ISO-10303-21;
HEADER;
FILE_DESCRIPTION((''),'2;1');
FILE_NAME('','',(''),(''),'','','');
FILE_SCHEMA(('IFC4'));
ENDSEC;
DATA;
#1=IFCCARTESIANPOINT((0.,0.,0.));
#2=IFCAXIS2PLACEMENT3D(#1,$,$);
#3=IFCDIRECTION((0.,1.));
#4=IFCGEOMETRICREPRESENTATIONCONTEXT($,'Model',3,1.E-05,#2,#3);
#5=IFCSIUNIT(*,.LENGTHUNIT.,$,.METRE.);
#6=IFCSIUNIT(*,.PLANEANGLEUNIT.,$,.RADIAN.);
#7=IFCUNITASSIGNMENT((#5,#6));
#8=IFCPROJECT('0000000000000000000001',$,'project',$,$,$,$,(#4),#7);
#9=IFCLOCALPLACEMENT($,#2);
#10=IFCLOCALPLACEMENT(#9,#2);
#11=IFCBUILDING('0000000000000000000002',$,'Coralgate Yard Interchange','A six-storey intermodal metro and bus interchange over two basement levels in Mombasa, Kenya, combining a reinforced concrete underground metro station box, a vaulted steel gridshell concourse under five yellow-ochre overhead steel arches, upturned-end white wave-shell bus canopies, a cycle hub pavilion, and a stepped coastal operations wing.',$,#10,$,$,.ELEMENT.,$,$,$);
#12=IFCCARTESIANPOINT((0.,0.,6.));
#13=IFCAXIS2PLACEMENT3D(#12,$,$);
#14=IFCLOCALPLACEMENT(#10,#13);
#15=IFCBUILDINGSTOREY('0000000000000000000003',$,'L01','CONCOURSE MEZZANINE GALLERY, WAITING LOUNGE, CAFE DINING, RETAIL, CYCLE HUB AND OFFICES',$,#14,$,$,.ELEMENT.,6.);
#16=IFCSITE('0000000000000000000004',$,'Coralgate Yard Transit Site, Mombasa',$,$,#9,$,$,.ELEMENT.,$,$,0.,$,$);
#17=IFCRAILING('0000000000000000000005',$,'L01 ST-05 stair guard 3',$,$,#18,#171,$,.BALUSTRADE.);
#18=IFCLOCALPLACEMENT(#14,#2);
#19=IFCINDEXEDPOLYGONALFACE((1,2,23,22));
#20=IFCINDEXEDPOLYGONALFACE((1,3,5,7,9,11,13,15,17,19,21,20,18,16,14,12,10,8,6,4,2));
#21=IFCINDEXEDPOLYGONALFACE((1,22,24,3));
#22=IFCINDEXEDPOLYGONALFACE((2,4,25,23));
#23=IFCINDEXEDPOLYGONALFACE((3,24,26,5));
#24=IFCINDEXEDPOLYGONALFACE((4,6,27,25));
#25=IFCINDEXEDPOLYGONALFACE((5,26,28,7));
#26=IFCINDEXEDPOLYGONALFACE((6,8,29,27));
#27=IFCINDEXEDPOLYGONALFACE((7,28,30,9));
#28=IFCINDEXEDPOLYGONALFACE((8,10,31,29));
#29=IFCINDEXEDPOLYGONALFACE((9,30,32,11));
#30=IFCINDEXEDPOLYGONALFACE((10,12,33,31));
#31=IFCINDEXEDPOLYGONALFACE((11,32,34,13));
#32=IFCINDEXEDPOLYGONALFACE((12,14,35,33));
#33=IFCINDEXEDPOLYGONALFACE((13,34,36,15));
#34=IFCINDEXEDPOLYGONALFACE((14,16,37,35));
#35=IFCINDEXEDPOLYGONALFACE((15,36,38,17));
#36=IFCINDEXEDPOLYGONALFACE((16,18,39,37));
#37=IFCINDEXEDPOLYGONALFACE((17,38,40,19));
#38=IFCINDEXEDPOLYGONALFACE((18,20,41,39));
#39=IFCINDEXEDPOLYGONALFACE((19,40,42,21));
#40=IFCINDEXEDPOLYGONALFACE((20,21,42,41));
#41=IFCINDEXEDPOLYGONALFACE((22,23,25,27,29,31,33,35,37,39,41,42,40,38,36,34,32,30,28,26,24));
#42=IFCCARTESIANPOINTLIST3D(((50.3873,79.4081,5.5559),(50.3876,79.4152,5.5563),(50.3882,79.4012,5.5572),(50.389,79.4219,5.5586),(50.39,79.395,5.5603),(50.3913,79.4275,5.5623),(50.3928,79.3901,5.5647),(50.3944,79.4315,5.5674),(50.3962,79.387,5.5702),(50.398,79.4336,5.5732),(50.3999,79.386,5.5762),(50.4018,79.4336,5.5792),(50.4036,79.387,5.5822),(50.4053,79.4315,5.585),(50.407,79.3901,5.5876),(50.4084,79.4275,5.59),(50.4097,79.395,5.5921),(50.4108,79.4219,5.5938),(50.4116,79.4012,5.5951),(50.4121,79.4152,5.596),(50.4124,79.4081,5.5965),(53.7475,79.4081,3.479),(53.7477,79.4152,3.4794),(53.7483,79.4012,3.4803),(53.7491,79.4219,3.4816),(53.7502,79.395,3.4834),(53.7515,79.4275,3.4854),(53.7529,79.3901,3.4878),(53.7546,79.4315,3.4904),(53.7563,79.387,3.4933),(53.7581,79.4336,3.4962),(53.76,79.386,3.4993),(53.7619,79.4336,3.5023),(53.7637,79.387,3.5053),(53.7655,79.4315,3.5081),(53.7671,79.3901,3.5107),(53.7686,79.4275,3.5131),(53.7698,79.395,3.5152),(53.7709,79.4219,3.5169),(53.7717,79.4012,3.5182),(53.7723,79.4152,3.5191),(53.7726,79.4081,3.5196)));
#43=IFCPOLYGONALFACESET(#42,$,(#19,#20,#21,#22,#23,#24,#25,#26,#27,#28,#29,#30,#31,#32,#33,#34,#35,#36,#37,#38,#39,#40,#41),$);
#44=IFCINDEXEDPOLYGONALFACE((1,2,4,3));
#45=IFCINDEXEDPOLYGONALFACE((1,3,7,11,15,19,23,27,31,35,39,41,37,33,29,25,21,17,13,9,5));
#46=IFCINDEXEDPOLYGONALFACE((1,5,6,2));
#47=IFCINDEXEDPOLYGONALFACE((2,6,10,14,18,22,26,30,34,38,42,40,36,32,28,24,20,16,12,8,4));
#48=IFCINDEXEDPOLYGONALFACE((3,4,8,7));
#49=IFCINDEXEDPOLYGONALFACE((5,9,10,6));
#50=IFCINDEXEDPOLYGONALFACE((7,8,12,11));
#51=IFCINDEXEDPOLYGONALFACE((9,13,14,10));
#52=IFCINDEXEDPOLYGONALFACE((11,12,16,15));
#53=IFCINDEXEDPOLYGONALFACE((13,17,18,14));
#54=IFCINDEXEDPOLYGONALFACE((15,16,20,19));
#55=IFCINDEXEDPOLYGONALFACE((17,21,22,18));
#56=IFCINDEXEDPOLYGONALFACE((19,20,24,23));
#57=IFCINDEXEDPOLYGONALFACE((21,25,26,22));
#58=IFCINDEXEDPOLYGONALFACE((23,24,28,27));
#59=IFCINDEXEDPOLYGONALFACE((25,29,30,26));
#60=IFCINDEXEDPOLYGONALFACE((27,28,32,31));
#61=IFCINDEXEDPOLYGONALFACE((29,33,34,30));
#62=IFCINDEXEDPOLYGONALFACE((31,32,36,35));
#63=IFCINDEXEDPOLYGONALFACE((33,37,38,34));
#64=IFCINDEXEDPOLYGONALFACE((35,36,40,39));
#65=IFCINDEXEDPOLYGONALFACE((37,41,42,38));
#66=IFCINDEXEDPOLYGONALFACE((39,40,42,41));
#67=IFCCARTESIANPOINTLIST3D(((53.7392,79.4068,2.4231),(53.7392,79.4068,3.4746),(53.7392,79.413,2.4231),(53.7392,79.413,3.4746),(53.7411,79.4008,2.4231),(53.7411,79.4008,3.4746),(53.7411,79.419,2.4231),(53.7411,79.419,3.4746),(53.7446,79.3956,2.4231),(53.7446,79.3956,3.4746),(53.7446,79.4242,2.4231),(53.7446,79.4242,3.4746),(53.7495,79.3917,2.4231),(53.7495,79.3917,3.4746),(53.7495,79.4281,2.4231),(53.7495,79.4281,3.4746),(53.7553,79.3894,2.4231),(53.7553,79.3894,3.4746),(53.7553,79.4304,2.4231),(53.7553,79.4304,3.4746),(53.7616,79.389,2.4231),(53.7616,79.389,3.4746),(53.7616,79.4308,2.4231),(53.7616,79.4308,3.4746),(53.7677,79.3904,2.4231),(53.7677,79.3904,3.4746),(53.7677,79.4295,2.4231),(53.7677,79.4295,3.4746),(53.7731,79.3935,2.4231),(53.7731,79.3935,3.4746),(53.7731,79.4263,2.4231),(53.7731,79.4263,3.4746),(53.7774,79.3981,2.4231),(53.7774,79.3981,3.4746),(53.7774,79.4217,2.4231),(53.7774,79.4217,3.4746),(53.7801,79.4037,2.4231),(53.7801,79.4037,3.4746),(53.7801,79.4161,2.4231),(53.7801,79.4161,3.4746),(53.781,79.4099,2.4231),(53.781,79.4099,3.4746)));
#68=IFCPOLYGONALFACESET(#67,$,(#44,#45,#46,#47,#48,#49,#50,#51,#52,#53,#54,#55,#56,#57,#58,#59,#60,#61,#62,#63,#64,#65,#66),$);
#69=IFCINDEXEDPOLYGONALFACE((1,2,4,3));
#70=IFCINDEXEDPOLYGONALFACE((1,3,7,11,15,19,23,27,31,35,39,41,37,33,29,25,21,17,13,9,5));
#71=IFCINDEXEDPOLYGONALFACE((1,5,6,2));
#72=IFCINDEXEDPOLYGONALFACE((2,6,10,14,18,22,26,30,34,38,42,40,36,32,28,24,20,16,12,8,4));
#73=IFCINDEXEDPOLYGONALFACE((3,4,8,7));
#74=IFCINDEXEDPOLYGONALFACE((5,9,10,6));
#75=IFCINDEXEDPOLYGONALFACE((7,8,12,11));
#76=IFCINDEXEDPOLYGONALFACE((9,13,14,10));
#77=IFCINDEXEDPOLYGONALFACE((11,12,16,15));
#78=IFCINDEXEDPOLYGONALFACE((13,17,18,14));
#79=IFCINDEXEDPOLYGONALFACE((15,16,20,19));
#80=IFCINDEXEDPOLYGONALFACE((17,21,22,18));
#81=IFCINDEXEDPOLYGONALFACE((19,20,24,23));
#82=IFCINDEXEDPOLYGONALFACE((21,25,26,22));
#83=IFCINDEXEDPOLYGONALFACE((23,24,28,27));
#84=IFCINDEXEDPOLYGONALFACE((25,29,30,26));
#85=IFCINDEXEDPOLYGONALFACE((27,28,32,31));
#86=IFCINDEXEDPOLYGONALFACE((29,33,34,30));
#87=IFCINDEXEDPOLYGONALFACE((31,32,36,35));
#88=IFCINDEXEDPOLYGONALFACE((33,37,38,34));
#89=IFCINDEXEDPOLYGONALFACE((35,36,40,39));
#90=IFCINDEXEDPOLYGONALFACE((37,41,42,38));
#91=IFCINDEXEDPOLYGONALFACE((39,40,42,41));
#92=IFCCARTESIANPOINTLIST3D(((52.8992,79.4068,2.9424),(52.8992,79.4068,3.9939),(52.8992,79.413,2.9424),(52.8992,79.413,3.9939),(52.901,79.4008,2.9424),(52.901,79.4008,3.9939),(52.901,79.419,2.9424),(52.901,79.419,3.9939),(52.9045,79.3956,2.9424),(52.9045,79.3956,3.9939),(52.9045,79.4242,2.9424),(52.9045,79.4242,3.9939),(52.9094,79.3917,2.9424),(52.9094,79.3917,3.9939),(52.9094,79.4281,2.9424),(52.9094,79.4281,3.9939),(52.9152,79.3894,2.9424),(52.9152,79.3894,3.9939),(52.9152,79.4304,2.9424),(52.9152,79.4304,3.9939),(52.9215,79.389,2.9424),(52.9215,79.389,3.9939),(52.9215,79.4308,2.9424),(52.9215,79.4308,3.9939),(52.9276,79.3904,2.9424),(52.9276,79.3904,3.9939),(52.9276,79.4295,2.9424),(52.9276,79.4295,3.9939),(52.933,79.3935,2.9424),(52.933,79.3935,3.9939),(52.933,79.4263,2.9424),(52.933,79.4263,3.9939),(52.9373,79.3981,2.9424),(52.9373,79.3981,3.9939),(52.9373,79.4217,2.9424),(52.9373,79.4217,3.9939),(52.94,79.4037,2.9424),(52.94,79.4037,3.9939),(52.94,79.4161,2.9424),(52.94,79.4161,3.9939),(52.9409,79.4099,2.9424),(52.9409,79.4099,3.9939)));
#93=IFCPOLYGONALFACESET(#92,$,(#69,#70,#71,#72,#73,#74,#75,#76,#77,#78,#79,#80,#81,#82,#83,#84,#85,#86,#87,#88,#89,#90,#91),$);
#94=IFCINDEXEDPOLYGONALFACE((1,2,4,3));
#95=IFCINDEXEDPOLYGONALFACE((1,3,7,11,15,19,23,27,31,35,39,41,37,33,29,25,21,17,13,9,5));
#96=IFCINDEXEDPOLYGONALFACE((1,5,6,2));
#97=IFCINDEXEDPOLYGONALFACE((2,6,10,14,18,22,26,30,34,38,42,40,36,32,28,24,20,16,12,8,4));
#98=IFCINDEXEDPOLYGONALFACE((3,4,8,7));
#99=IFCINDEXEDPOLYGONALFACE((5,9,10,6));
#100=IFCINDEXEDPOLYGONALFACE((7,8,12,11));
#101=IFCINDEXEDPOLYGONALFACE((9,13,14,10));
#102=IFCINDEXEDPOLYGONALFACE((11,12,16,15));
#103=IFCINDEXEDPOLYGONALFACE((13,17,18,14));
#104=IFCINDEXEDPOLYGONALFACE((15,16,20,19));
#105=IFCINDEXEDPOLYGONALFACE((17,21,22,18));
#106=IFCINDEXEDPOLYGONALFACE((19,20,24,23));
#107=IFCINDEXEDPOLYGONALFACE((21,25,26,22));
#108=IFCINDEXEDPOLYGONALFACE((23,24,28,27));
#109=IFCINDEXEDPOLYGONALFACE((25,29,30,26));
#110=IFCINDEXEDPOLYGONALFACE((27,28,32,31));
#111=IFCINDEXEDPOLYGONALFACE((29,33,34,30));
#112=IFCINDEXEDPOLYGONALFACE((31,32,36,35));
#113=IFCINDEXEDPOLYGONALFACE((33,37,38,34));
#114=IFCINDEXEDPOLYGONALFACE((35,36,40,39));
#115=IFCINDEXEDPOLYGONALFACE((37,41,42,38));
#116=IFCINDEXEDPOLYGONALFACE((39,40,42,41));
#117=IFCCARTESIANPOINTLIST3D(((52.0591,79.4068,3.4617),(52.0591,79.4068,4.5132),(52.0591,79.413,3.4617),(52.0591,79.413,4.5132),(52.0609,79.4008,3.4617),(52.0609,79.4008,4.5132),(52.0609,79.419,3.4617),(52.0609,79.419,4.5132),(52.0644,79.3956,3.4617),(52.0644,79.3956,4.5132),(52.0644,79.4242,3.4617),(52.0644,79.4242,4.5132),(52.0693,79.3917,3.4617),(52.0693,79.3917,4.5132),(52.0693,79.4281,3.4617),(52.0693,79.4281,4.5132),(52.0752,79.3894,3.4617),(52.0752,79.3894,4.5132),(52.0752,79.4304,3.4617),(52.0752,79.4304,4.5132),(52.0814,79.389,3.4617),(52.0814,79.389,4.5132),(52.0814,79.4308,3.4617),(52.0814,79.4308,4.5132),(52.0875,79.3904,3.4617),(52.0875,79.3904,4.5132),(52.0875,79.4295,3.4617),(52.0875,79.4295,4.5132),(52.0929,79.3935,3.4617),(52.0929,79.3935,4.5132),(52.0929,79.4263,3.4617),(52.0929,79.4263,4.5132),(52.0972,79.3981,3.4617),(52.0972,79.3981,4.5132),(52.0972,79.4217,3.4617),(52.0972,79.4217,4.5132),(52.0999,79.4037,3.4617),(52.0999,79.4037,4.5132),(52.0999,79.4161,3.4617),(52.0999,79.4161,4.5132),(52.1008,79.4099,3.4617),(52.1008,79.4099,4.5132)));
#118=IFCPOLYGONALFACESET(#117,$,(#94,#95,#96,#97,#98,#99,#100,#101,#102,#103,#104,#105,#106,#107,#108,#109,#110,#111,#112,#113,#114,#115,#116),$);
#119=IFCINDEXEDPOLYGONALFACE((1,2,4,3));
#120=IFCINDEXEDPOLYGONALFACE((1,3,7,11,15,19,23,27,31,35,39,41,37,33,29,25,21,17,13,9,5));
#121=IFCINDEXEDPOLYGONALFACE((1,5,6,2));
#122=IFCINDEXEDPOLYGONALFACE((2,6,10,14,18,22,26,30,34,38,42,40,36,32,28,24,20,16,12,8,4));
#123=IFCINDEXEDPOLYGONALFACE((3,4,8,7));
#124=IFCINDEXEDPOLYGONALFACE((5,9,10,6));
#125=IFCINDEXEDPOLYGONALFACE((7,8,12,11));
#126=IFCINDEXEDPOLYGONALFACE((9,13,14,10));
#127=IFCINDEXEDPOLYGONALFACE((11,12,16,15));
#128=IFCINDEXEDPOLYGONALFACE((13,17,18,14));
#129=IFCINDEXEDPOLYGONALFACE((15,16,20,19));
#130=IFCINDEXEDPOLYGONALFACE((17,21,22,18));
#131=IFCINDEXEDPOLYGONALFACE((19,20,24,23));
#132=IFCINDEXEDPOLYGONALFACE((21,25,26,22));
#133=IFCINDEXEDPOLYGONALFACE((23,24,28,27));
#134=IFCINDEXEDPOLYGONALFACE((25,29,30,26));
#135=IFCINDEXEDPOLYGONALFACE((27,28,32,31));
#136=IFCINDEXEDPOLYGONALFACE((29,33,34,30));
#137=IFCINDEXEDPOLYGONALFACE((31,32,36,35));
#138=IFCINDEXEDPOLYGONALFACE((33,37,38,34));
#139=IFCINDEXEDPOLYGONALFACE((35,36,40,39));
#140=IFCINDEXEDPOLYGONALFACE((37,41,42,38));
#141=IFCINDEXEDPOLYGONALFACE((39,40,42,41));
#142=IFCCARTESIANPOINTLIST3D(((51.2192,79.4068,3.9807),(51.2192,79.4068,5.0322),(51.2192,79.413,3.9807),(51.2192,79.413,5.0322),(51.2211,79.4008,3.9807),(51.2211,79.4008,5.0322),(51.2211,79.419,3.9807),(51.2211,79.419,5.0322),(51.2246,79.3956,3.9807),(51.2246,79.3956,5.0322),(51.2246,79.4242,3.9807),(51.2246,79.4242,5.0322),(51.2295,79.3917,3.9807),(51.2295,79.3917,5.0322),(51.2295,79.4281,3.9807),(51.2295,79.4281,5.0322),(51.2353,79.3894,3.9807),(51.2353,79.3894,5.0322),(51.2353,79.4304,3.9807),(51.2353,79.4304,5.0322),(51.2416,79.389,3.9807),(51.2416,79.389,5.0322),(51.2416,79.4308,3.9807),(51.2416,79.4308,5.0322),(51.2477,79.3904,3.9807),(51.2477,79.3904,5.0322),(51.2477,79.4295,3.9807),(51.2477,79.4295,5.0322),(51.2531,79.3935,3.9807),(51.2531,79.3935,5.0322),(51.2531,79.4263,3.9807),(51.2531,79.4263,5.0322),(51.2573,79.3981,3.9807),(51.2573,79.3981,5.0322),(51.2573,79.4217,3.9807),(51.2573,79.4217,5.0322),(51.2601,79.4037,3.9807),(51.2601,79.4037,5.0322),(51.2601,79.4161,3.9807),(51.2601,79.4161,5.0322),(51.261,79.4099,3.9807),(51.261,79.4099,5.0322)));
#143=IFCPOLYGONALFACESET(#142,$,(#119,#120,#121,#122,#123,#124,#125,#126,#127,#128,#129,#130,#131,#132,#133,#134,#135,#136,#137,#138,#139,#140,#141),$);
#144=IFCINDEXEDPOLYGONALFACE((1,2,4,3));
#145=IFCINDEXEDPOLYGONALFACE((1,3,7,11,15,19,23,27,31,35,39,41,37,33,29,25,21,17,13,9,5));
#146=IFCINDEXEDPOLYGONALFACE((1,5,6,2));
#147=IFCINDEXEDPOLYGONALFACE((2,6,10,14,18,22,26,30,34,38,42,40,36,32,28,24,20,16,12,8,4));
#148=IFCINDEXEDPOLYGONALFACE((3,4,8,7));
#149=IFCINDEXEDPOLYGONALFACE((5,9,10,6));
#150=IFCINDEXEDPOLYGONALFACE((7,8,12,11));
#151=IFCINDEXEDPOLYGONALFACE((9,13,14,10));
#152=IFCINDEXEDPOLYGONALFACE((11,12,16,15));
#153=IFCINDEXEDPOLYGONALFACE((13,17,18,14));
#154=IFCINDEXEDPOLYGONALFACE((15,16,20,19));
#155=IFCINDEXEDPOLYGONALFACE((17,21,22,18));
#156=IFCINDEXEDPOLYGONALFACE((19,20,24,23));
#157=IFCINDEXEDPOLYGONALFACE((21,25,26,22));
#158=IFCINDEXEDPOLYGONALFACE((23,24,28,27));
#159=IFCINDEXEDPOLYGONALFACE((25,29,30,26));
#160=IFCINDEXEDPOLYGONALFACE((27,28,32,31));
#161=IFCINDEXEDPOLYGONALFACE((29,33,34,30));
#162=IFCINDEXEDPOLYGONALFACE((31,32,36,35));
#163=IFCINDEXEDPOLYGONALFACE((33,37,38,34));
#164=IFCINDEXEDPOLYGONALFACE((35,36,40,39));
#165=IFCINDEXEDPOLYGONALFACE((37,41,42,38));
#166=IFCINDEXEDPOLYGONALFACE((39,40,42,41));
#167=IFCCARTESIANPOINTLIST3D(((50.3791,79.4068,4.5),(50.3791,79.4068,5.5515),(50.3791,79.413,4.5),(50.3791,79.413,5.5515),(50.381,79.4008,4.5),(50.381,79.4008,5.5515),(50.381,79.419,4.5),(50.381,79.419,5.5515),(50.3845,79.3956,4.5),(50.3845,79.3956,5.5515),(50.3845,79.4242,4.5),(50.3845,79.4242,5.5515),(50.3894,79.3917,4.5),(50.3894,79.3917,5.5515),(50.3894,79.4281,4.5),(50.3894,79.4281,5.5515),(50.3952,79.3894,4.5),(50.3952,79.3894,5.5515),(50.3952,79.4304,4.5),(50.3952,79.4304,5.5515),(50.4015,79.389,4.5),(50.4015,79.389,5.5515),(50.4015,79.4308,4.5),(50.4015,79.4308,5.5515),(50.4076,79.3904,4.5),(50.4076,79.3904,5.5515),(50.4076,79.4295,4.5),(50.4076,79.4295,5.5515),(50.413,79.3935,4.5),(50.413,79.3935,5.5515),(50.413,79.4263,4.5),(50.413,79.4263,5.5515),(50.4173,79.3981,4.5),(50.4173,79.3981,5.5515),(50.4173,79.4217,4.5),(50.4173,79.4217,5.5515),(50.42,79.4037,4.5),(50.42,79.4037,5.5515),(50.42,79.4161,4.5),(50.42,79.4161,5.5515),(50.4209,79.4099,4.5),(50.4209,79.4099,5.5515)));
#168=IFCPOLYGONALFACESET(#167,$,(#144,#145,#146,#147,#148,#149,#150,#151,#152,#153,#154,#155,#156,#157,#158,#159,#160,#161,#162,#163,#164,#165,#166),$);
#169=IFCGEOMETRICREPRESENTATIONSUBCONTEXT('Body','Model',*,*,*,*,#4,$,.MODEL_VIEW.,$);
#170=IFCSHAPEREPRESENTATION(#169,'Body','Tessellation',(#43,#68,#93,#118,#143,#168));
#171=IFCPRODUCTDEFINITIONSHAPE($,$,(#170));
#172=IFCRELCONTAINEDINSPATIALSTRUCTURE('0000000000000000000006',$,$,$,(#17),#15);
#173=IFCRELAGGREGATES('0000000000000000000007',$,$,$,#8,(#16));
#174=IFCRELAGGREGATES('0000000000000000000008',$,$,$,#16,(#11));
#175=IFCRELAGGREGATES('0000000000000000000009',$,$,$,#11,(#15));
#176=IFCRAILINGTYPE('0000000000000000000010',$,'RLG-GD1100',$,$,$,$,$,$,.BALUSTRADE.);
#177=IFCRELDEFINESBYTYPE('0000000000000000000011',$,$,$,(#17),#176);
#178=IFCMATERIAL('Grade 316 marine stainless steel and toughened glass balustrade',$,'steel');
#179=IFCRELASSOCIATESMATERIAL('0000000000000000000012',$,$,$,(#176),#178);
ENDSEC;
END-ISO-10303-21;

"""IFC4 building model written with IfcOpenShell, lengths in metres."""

from ifc_helpers import new_model, si_unit, direction, frame, origin, origin_2d, place, context, subcontext, project, spatial, circle, extrude, material, type_object, element, save


model = new_model("IFC4")

# Units and contexts
model_context = context("Model", 3, precision=1e-05, world=origin(), true_north=direction((0.0, 1.0)))
body_context = subcontext(model_context, "Body", "Model", "MODEL_VIEW")
ifc_project = project(units=[si_unit("LENGTHUNIT", "METRE"), si_unit("PLANEANGLEUNIT", "RADIAN")], contexts=[model_context])

# Site, building, storey
site_placement = place(None, origin())
site = spatial("IfcSite", under=ifc_project, at=site_placement, Name="Coralgate Yard Transit Site, Mombasa", CompositionType="ELEMENT", RefElevation=0.0)
building_placement = place(site_placement, origin())
building = spatial("IfcBuilding", under=site, at=building_placement, Name="Coralgate Yard Interchange", Description="A six-storey intermodal metro and bus interchange over two basement levels in Mombasa, Kenya, combining a reinforced concrete underground metro station box, a vaulted steel gridshell concourse under five yellow-ochre overhead steel arches, upturned-end white wave-shell bus canopies, a cycle hub pavilion, and a stepped coastal operations wing.", CompositionType="ELEMENT")
storey_placement = place(building_placement, frame((0.0, 0.0, 6.0)))
storey = spatial("IfcBuildingStorey", under=building, at=storey_placement, Name="L01", Description="CONCOURSE MEZZANINE GALLERY, WAITING LOUNGE, CAFE DINING, RETAIL, CYCLE HUB AND OFFICES", CompositionType="ELEMENT", Elevation=6.0)

# Railing
ifc_material_1 = material(Name="Grade 316 marine stainless steel and toughened glass balustrade", Category="steel")
railing_type_1 = type_object("IfcRailingType", Name="RLG-GD1100", PredefinedType="BALUSTRADE", material=ifc_material_1)
railing_1_placement = place(storey_placement, frame((53.76, 79.4099, 2.4231)))
element("IfcRailing", 1, at=railing_1_placement, inside=storey, type_object=railing_type_1, Name="L01 ST-05 stair guard 3", PredefinedType="BALUSTRADE", context=body_context, shape_type="SweptSolid", body=[
    extrude(circle(Radius=0.0239, at=origin_2d()), frame((0.0, 0.0, 1.0762), z_axis=(-0.850623, 0.0, 0.525776), x_axis=(0.0, -1.0, 0.0)), (0.0, 0.0, 1.0), 3.9502),
    extrude(circle(Radius=0.021, at=origin_2d()), origin(), (0.0, 0.0, 1.0), 1.0515),
    extrude(circle(Radius=0.021, at=origin_2d()), frame((-0.8401, 0.0, 0.5193)), (0.0, 0.0, 1.0), 1.0515),
    extrude(circle(Radius=0.021, at=origin_2d()), frame((-1.6802, 0.0, 1.0386)), (0.0, 0.0, 1.0), 1.0515),
    extrude(circle(Radius=0.021, at=origin_2d()), frame((-2.52, 0.0, 1.5576)), (0.0, 0.0, 1.0), 1.0515),
    extrude(circle(Radius=0.021, at=origin_2d()), frame((-3.3601, 0.0, 2.0769)), (0.0, 0.0, 1.0), 1.0515),
])

save(model, "model.ifc")
